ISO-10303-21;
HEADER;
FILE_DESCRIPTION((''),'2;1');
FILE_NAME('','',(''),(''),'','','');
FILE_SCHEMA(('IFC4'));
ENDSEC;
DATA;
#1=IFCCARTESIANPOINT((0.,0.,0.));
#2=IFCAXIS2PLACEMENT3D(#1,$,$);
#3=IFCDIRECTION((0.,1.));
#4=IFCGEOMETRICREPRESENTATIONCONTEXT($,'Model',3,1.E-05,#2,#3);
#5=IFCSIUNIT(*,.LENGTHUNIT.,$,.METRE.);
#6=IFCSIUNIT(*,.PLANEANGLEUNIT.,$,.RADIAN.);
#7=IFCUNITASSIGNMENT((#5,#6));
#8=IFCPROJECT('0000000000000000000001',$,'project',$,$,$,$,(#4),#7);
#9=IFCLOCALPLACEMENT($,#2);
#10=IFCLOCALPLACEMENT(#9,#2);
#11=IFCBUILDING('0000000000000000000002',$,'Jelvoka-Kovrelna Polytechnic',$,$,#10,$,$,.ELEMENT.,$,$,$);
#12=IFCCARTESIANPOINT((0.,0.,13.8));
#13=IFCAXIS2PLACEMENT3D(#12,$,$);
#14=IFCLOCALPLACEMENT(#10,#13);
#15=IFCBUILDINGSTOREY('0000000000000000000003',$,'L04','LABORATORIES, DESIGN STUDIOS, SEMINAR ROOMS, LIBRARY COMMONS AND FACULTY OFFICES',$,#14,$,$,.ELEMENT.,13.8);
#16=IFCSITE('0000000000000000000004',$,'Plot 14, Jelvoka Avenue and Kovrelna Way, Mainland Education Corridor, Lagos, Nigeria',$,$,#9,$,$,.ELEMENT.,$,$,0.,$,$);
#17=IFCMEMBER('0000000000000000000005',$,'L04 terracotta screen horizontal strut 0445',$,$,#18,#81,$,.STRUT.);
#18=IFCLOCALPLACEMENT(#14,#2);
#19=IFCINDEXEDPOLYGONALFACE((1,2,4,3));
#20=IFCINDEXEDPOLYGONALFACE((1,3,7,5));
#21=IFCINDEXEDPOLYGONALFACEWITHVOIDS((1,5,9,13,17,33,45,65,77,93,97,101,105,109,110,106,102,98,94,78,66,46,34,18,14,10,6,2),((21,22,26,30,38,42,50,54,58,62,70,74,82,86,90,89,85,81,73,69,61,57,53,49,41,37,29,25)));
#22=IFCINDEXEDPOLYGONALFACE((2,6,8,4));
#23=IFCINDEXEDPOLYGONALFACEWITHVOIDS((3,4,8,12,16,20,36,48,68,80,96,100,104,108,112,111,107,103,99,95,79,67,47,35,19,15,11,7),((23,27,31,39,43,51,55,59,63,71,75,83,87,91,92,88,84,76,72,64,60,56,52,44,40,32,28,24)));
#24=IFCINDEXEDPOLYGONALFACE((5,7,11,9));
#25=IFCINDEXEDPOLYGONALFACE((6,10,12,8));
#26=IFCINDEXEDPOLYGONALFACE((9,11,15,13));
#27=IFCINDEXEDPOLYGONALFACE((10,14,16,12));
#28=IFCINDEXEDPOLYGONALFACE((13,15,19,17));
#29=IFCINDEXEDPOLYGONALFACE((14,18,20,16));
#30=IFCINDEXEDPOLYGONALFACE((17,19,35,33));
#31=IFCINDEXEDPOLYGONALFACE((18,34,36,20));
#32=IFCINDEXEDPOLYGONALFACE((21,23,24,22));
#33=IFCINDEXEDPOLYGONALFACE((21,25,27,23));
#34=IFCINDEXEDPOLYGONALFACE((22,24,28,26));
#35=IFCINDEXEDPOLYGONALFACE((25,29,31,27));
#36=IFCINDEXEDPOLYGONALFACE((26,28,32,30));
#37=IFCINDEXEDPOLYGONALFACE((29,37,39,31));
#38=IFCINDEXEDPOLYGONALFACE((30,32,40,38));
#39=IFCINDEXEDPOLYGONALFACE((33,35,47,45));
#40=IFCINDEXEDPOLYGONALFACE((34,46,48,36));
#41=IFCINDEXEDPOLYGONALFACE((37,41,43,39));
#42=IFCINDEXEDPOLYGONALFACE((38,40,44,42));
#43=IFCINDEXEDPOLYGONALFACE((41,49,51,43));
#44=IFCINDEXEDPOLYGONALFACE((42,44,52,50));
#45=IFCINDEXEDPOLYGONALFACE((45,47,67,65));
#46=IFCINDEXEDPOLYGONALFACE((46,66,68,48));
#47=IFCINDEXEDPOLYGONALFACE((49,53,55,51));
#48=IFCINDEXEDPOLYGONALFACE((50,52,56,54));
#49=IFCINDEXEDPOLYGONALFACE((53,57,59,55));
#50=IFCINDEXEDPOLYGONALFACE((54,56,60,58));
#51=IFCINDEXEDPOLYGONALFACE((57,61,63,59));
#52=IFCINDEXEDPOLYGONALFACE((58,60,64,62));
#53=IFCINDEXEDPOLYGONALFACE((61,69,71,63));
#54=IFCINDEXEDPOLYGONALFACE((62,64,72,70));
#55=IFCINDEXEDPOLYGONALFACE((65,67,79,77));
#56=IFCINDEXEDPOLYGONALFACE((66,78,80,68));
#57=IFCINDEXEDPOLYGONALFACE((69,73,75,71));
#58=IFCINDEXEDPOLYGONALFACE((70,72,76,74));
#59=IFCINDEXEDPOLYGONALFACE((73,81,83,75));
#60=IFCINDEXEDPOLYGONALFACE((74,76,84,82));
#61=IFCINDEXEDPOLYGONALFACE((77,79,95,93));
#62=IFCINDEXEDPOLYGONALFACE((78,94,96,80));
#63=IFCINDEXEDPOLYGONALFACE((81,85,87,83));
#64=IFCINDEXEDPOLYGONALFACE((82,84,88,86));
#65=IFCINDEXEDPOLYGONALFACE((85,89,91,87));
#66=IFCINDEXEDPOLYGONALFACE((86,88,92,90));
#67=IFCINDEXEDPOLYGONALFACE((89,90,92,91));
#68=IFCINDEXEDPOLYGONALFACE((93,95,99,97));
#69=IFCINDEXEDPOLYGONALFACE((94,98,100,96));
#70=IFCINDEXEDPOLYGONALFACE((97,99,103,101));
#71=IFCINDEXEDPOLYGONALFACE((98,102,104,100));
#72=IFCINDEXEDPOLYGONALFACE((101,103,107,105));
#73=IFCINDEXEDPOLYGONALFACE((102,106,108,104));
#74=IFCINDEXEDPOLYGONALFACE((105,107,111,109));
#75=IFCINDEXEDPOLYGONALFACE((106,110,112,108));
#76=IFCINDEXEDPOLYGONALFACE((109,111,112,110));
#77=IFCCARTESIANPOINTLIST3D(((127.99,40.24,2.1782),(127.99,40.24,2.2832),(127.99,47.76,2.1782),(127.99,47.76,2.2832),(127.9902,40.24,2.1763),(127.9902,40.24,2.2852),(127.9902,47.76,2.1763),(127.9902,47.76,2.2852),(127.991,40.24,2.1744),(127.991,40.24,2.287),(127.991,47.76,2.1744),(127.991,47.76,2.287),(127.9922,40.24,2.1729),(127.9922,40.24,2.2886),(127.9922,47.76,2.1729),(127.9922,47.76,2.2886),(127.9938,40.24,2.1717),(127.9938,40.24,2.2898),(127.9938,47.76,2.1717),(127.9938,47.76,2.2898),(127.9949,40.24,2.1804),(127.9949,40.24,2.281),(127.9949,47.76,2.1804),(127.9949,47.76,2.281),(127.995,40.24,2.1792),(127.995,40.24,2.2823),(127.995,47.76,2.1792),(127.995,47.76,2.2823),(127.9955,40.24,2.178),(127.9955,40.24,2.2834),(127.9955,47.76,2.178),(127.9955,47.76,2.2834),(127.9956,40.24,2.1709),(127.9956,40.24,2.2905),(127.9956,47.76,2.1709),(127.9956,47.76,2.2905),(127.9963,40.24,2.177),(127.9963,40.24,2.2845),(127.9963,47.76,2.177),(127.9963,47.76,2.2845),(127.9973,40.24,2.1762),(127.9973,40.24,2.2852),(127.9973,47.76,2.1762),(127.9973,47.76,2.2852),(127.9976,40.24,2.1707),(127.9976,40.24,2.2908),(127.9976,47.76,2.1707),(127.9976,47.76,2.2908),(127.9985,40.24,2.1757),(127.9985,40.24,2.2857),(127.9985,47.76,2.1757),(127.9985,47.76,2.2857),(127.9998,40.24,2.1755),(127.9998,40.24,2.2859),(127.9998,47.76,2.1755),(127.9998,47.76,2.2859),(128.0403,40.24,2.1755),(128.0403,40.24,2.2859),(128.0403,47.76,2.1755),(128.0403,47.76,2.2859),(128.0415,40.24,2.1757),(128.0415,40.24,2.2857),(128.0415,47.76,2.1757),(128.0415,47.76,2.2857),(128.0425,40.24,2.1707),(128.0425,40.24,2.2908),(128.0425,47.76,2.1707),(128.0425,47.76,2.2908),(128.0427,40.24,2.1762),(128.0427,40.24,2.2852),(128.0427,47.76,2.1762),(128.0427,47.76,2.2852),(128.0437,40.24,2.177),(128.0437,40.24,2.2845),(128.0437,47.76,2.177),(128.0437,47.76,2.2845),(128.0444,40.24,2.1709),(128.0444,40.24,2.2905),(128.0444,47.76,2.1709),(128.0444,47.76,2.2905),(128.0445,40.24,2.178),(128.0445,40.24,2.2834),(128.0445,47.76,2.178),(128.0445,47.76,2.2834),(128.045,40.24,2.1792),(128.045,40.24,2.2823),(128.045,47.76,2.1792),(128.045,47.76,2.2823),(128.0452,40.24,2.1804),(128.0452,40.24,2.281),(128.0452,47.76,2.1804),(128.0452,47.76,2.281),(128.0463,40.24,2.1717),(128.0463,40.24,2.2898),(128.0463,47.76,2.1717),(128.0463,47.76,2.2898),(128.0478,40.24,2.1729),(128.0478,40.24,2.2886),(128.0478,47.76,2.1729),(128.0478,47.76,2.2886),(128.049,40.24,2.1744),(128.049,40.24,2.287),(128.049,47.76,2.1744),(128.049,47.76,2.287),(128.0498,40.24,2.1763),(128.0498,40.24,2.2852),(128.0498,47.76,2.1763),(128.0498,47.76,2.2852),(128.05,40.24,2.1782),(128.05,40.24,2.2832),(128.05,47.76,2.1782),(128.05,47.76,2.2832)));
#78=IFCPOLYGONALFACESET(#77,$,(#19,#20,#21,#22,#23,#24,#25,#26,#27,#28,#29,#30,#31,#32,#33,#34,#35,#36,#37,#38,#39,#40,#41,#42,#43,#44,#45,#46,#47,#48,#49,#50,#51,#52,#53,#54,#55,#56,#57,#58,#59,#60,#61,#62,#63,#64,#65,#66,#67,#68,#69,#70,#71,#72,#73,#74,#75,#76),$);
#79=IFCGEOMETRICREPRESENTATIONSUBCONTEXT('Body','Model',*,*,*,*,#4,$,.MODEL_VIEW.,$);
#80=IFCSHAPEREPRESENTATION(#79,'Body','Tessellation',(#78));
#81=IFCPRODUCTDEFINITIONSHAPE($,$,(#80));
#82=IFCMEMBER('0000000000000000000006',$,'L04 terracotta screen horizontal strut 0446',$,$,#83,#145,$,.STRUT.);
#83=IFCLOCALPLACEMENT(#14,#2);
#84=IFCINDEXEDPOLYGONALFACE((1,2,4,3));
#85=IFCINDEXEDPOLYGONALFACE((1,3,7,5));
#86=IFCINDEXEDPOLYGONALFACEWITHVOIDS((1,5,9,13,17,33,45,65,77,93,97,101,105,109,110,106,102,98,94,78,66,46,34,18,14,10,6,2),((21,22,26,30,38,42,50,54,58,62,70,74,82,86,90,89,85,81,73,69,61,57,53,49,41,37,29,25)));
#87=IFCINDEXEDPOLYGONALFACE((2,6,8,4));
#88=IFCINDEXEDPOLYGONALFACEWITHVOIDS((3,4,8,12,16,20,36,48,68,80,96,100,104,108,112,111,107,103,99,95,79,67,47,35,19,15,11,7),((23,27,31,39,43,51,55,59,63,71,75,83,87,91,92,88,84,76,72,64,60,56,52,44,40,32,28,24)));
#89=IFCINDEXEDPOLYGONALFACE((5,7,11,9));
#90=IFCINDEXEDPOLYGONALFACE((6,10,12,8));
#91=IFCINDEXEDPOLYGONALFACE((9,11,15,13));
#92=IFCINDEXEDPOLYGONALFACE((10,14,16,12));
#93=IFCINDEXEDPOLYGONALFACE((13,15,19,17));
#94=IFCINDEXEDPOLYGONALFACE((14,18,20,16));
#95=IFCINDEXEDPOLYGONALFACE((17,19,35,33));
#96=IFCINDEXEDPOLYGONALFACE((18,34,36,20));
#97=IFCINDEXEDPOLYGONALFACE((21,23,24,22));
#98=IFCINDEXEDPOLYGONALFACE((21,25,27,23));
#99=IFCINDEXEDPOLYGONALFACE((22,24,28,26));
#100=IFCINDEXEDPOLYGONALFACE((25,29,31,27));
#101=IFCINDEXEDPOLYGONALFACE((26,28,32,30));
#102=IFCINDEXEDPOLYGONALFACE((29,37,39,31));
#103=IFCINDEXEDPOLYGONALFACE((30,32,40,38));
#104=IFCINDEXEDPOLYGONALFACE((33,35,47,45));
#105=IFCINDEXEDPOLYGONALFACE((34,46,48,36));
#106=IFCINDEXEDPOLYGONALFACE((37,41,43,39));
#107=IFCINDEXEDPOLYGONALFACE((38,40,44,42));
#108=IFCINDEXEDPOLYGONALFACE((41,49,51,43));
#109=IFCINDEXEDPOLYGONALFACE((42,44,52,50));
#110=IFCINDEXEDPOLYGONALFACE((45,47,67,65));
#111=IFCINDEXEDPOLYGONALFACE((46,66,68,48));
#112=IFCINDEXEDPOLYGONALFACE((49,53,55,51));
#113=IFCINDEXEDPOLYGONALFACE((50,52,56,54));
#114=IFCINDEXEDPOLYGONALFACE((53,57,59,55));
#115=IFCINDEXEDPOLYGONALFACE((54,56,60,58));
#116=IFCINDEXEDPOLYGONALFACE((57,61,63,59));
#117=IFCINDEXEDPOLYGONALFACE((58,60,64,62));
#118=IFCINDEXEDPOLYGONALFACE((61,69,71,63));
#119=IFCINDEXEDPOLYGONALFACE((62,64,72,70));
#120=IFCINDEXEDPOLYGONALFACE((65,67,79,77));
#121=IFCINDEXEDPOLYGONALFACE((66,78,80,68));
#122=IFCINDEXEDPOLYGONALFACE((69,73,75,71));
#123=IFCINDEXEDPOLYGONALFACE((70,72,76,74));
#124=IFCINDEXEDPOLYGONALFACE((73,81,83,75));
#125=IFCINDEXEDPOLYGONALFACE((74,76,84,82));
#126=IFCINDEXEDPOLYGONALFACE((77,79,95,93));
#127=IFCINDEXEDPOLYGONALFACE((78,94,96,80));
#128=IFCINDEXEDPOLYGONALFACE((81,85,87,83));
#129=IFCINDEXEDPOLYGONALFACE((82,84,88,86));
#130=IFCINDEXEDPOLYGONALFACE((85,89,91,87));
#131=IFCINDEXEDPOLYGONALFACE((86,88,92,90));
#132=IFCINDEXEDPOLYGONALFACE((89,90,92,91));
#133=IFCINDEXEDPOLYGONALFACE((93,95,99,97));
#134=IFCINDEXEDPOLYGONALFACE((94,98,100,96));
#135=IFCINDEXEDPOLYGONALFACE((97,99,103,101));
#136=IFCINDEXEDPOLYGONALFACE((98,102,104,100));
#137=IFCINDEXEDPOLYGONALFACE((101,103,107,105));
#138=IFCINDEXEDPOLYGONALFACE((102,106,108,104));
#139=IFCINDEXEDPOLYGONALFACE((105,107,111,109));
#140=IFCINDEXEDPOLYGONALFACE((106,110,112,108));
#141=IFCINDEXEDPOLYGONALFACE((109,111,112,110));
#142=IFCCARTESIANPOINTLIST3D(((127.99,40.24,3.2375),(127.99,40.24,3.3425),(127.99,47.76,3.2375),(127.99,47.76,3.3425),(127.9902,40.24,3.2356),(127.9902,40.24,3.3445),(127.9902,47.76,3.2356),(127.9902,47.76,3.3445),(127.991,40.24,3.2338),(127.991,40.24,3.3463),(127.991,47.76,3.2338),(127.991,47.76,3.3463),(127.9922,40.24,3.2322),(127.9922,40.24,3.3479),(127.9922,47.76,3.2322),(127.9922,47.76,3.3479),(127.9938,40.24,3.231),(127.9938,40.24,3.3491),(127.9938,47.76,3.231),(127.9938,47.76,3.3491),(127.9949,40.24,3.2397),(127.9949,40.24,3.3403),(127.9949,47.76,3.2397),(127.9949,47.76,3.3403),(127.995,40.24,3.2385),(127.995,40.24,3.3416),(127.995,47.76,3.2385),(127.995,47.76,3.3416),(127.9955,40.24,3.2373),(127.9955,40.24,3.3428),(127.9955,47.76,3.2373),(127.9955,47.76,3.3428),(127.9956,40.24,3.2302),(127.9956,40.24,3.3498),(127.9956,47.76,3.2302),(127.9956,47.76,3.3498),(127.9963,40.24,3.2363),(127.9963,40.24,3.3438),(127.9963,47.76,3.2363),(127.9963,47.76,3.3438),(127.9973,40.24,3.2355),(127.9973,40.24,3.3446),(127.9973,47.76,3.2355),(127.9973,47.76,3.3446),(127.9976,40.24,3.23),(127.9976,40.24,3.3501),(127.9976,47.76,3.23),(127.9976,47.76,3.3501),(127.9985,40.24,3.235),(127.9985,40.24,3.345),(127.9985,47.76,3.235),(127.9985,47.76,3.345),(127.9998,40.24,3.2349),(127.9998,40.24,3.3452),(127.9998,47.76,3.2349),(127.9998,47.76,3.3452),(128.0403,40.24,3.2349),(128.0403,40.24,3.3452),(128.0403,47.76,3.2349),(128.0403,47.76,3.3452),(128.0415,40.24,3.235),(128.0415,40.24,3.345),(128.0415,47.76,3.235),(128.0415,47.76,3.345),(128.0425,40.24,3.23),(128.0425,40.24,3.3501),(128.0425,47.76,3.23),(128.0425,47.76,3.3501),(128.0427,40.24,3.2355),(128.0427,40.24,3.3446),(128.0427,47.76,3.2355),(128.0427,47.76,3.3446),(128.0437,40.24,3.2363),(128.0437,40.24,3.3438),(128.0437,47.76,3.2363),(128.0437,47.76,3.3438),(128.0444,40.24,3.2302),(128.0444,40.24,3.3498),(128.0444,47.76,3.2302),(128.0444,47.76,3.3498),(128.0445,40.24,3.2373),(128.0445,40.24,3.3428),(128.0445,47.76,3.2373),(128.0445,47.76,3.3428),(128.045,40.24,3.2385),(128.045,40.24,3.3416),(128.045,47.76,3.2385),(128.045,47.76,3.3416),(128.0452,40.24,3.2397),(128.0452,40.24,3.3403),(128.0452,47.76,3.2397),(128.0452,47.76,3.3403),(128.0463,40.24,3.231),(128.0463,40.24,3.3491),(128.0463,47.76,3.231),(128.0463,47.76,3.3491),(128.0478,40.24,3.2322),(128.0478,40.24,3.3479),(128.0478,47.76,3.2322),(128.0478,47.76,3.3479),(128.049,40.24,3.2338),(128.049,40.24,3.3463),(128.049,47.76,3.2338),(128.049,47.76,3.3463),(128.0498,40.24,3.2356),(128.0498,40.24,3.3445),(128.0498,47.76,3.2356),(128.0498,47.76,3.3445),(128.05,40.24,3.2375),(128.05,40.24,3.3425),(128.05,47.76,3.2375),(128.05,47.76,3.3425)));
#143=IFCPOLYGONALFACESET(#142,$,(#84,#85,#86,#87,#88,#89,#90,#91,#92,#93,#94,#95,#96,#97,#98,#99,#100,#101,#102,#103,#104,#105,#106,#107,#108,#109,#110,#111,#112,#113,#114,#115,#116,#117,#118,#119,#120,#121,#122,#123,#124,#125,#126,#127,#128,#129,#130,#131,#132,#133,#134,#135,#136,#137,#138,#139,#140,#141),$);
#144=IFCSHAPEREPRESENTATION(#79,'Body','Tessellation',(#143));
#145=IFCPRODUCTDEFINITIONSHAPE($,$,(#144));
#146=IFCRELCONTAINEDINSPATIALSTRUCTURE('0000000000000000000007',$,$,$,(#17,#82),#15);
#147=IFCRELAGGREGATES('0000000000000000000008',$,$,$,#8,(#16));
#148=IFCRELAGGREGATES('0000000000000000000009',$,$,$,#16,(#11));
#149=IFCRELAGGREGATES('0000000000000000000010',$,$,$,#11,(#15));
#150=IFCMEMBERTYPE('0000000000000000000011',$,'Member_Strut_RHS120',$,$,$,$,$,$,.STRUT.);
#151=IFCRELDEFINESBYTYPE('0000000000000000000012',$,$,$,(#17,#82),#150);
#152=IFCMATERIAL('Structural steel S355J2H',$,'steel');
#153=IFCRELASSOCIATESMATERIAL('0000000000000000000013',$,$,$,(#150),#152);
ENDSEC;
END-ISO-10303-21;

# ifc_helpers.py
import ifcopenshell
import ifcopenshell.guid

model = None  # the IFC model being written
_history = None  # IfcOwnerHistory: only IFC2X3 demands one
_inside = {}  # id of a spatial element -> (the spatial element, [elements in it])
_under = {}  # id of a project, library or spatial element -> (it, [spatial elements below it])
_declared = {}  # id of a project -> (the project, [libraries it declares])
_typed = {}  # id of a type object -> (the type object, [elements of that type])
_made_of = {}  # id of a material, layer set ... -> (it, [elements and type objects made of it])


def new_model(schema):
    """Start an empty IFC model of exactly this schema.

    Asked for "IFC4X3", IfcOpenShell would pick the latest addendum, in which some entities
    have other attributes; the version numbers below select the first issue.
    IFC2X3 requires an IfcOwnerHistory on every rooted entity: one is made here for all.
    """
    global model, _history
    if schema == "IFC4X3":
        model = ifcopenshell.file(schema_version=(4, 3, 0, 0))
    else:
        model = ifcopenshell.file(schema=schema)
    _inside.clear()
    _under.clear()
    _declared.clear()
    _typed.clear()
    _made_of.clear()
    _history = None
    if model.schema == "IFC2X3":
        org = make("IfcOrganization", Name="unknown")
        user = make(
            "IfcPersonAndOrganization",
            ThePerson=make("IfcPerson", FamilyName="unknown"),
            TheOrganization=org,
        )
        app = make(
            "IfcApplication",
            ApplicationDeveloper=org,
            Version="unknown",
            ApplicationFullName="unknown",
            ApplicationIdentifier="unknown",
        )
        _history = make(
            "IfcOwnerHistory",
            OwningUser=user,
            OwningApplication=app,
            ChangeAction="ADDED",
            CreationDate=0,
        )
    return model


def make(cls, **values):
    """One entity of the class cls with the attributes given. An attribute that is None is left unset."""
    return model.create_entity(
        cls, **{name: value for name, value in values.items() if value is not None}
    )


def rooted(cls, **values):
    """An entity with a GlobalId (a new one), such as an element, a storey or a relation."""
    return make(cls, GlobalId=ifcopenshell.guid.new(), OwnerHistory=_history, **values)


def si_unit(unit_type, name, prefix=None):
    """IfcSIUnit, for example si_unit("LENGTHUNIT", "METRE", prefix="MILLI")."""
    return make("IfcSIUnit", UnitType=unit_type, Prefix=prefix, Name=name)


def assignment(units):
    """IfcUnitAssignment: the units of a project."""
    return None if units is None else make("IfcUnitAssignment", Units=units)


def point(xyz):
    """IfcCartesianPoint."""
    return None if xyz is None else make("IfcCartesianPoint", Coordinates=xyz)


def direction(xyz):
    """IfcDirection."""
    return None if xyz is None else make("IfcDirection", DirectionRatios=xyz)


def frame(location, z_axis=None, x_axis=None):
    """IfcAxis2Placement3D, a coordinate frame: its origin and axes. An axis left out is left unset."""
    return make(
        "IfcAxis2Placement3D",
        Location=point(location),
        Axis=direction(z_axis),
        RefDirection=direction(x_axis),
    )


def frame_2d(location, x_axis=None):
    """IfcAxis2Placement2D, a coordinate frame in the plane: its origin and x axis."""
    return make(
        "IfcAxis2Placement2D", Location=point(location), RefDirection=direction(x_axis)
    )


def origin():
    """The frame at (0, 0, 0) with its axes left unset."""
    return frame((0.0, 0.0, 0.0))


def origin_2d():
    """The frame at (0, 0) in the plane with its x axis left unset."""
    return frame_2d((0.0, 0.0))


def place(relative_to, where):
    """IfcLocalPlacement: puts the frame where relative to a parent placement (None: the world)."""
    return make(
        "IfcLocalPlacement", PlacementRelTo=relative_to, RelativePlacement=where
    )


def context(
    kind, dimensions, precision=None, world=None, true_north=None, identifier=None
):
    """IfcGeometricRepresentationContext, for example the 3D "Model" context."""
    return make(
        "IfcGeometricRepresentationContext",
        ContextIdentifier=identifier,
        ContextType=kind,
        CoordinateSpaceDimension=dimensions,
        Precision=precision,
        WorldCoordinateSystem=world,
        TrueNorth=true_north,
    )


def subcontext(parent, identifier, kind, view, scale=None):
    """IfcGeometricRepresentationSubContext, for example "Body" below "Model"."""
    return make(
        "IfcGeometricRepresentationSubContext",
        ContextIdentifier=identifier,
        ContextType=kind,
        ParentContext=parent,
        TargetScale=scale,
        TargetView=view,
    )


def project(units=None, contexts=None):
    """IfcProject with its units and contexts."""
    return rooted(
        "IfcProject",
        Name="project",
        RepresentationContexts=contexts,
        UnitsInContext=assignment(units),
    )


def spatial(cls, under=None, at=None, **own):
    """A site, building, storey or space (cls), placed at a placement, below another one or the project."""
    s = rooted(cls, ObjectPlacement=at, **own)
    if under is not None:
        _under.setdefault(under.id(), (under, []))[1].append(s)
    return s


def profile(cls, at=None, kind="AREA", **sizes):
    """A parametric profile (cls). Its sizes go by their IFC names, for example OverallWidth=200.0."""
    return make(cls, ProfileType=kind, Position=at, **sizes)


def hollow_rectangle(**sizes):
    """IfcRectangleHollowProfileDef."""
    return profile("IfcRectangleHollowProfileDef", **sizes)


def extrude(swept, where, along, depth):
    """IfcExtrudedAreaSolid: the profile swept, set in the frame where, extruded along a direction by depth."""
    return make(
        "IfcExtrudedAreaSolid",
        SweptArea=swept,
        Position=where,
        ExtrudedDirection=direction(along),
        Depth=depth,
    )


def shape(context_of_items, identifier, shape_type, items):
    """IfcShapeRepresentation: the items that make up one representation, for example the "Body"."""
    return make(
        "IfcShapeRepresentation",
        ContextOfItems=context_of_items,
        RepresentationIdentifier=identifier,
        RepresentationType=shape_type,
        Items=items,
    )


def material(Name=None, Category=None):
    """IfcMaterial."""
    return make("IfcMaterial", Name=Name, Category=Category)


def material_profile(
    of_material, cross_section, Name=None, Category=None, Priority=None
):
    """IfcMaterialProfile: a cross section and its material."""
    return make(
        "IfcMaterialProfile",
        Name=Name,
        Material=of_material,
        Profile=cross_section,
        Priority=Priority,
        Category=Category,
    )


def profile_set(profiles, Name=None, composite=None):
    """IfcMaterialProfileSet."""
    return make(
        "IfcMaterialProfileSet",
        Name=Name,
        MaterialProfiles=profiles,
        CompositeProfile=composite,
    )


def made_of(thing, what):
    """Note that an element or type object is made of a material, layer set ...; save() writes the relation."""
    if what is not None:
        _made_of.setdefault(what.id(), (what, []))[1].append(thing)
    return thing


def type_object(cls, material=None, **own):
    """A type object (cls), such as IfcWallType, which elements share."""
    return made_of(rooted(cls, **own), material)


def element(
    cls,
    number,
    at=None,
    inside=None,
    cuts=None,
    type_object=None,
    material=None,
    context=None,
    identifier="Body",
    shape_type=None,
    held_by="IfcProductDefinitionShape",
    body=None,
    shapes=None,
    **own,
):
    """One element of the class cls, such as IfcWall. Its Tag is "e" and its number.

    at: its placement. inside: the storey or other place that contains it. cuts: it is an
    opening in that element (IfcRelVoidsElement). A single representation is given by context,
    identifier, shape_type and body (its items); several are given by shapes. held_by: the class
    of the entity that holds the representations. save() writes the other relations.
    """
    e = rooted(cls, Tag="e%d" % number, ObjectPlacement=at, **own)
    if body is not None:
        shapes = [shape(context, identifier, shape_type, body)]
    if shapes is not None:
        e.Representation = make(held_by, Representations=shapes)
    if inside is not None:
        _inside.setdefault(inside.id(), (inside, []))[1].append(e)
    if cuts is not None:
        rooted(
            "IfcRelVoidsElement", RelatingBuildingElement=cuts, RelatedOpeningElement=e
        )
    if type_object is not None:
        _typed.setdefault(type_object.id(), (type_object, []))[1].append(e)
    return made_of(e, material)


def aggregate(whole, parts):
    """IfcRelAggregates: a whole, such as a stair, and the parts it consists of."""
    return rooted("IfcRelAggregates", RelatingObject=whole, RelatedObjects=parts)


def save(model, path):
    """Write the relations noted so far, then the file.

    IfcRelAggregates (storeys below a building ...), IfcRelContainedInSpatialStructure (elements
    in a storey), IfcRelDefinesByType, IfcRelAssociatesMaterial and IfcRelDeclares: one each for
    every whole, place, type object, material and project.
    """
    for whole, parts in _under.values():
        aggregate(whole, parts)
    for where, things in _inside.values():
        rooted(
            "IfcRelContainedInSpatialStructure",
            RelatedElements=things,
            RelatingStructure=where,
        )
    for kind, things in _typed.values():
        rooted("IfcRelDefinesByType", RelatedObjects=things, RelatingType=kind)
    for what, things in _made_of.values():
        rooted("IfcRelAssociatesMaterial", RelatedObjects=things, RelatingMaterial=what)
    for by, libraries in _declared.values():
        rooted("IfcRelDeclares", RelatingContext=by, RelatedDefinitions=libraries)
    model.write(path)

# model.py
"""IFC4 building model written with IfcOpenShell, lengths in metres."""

from ifc_helpers import new_model, si_unit, direction, frame, origin, origin_2d, place, context, subcontext, project, spatial, hollow_rectangle, extrude, material, material_profile, profile_set, type_object, element, save


model = new_model("IFC4")

# Units and contexts
model_context = context("Model", 3, precision=1e-05, world=origin(), true_north=direction((0.0, 1.0)))
body_context = subcontext(model_context, "Body", "Model", "MODEL_VIEW")
ifc_project = project(units=[si_unit("LENGTHUNIT", "METRE"), si_unit("PLANEANGLEUNIT", "RADIAN")], contexts=[model_context])

# Site, building, storey
site_placement = place(None, origin())
site = spatial("IfcSite", under=ifc_project, at=site_placement, Name="Plot 14, Jelvoka Avenue and Kovrelna Way, Mainland Education Corridor, Lagos, Nigeria", CompositionType="ELEMENT", RefElevation=0.0)
building_placement = place(site_placement, origin())
building = spatial("IfcBuilding", under=site, at=building_placement, Name="Jelvoka-Kovrelna Polytechnic", CompositionType="ELEMENT")
storey_placement = place(building_placement, frame((0.0, 0.0, 13.8)))
storey = spatial("IfcBuildingStorey", under=building, at=storey_placement, Name="L04", Description="LABORATORIES, DESIGN STUDIOS, SEMINAR ROOMS, LIBRARY COMMONS AND FACULTY OFFICES", CompositionType="ELEMENT", Elevation=13.8)

# Members
ifc_material_1 = material(Name="Structural steel S355J2H", Category="steel")
ifc_material_profile_1 = material_profile(ifc_material_1, hollow_rectangle(XDim=0.0601, YDim=0.1201, WallThickness=0.0049, InnerFilletRadius=0.0049, OuterFilletRadius=0.0076, at=origin_2d()), Name="120x60x5.0 RHS")
ifc_profile_set_1 = profile_set([ifc_material_profile_1], Name="Structural steel S355J2H")
member_type_1 = type_object("IfcMemberType", Name="Member_Strut_RHS120", PredefinedType="STRUT", material=ifc_profile_set_1)
for number, where, z_axis, x_axis, name in (
    (1, (128.02, 40.24, 2.2307), (0.0, 1.0, 0.0), (-1.0, 0.0, 0.0), "L04 terracotta screen horizontal strut 0445"),
    (2, (128.02, 40.24, 3.29), (0.0, 1.0, 0.0), (-1.0, 0.0, 0.0), "L04 terracotta screen horizontal strut 0446"),
):
    element("IfcMember", number, at=place(storey_placement, frame(where, z_axis=z_axis, x_axis=x_axis)), inside=storey, type_object=member_type_1, Name=name, PredefinedType="STRUT", context=body_context, shape_type="SweptSolid", body=[
        extrude(hollow_rectangle(XDim=0.0601, YDim=0.1201, WallThickness=0.0049, InnerFilletRadius=0.0049, OuterFilletRadius=0.0076, at=origin_2d()), origin(), (0.0, 0.0, 1.0), 7.52),
    ])

save(model, "model.ifc")
